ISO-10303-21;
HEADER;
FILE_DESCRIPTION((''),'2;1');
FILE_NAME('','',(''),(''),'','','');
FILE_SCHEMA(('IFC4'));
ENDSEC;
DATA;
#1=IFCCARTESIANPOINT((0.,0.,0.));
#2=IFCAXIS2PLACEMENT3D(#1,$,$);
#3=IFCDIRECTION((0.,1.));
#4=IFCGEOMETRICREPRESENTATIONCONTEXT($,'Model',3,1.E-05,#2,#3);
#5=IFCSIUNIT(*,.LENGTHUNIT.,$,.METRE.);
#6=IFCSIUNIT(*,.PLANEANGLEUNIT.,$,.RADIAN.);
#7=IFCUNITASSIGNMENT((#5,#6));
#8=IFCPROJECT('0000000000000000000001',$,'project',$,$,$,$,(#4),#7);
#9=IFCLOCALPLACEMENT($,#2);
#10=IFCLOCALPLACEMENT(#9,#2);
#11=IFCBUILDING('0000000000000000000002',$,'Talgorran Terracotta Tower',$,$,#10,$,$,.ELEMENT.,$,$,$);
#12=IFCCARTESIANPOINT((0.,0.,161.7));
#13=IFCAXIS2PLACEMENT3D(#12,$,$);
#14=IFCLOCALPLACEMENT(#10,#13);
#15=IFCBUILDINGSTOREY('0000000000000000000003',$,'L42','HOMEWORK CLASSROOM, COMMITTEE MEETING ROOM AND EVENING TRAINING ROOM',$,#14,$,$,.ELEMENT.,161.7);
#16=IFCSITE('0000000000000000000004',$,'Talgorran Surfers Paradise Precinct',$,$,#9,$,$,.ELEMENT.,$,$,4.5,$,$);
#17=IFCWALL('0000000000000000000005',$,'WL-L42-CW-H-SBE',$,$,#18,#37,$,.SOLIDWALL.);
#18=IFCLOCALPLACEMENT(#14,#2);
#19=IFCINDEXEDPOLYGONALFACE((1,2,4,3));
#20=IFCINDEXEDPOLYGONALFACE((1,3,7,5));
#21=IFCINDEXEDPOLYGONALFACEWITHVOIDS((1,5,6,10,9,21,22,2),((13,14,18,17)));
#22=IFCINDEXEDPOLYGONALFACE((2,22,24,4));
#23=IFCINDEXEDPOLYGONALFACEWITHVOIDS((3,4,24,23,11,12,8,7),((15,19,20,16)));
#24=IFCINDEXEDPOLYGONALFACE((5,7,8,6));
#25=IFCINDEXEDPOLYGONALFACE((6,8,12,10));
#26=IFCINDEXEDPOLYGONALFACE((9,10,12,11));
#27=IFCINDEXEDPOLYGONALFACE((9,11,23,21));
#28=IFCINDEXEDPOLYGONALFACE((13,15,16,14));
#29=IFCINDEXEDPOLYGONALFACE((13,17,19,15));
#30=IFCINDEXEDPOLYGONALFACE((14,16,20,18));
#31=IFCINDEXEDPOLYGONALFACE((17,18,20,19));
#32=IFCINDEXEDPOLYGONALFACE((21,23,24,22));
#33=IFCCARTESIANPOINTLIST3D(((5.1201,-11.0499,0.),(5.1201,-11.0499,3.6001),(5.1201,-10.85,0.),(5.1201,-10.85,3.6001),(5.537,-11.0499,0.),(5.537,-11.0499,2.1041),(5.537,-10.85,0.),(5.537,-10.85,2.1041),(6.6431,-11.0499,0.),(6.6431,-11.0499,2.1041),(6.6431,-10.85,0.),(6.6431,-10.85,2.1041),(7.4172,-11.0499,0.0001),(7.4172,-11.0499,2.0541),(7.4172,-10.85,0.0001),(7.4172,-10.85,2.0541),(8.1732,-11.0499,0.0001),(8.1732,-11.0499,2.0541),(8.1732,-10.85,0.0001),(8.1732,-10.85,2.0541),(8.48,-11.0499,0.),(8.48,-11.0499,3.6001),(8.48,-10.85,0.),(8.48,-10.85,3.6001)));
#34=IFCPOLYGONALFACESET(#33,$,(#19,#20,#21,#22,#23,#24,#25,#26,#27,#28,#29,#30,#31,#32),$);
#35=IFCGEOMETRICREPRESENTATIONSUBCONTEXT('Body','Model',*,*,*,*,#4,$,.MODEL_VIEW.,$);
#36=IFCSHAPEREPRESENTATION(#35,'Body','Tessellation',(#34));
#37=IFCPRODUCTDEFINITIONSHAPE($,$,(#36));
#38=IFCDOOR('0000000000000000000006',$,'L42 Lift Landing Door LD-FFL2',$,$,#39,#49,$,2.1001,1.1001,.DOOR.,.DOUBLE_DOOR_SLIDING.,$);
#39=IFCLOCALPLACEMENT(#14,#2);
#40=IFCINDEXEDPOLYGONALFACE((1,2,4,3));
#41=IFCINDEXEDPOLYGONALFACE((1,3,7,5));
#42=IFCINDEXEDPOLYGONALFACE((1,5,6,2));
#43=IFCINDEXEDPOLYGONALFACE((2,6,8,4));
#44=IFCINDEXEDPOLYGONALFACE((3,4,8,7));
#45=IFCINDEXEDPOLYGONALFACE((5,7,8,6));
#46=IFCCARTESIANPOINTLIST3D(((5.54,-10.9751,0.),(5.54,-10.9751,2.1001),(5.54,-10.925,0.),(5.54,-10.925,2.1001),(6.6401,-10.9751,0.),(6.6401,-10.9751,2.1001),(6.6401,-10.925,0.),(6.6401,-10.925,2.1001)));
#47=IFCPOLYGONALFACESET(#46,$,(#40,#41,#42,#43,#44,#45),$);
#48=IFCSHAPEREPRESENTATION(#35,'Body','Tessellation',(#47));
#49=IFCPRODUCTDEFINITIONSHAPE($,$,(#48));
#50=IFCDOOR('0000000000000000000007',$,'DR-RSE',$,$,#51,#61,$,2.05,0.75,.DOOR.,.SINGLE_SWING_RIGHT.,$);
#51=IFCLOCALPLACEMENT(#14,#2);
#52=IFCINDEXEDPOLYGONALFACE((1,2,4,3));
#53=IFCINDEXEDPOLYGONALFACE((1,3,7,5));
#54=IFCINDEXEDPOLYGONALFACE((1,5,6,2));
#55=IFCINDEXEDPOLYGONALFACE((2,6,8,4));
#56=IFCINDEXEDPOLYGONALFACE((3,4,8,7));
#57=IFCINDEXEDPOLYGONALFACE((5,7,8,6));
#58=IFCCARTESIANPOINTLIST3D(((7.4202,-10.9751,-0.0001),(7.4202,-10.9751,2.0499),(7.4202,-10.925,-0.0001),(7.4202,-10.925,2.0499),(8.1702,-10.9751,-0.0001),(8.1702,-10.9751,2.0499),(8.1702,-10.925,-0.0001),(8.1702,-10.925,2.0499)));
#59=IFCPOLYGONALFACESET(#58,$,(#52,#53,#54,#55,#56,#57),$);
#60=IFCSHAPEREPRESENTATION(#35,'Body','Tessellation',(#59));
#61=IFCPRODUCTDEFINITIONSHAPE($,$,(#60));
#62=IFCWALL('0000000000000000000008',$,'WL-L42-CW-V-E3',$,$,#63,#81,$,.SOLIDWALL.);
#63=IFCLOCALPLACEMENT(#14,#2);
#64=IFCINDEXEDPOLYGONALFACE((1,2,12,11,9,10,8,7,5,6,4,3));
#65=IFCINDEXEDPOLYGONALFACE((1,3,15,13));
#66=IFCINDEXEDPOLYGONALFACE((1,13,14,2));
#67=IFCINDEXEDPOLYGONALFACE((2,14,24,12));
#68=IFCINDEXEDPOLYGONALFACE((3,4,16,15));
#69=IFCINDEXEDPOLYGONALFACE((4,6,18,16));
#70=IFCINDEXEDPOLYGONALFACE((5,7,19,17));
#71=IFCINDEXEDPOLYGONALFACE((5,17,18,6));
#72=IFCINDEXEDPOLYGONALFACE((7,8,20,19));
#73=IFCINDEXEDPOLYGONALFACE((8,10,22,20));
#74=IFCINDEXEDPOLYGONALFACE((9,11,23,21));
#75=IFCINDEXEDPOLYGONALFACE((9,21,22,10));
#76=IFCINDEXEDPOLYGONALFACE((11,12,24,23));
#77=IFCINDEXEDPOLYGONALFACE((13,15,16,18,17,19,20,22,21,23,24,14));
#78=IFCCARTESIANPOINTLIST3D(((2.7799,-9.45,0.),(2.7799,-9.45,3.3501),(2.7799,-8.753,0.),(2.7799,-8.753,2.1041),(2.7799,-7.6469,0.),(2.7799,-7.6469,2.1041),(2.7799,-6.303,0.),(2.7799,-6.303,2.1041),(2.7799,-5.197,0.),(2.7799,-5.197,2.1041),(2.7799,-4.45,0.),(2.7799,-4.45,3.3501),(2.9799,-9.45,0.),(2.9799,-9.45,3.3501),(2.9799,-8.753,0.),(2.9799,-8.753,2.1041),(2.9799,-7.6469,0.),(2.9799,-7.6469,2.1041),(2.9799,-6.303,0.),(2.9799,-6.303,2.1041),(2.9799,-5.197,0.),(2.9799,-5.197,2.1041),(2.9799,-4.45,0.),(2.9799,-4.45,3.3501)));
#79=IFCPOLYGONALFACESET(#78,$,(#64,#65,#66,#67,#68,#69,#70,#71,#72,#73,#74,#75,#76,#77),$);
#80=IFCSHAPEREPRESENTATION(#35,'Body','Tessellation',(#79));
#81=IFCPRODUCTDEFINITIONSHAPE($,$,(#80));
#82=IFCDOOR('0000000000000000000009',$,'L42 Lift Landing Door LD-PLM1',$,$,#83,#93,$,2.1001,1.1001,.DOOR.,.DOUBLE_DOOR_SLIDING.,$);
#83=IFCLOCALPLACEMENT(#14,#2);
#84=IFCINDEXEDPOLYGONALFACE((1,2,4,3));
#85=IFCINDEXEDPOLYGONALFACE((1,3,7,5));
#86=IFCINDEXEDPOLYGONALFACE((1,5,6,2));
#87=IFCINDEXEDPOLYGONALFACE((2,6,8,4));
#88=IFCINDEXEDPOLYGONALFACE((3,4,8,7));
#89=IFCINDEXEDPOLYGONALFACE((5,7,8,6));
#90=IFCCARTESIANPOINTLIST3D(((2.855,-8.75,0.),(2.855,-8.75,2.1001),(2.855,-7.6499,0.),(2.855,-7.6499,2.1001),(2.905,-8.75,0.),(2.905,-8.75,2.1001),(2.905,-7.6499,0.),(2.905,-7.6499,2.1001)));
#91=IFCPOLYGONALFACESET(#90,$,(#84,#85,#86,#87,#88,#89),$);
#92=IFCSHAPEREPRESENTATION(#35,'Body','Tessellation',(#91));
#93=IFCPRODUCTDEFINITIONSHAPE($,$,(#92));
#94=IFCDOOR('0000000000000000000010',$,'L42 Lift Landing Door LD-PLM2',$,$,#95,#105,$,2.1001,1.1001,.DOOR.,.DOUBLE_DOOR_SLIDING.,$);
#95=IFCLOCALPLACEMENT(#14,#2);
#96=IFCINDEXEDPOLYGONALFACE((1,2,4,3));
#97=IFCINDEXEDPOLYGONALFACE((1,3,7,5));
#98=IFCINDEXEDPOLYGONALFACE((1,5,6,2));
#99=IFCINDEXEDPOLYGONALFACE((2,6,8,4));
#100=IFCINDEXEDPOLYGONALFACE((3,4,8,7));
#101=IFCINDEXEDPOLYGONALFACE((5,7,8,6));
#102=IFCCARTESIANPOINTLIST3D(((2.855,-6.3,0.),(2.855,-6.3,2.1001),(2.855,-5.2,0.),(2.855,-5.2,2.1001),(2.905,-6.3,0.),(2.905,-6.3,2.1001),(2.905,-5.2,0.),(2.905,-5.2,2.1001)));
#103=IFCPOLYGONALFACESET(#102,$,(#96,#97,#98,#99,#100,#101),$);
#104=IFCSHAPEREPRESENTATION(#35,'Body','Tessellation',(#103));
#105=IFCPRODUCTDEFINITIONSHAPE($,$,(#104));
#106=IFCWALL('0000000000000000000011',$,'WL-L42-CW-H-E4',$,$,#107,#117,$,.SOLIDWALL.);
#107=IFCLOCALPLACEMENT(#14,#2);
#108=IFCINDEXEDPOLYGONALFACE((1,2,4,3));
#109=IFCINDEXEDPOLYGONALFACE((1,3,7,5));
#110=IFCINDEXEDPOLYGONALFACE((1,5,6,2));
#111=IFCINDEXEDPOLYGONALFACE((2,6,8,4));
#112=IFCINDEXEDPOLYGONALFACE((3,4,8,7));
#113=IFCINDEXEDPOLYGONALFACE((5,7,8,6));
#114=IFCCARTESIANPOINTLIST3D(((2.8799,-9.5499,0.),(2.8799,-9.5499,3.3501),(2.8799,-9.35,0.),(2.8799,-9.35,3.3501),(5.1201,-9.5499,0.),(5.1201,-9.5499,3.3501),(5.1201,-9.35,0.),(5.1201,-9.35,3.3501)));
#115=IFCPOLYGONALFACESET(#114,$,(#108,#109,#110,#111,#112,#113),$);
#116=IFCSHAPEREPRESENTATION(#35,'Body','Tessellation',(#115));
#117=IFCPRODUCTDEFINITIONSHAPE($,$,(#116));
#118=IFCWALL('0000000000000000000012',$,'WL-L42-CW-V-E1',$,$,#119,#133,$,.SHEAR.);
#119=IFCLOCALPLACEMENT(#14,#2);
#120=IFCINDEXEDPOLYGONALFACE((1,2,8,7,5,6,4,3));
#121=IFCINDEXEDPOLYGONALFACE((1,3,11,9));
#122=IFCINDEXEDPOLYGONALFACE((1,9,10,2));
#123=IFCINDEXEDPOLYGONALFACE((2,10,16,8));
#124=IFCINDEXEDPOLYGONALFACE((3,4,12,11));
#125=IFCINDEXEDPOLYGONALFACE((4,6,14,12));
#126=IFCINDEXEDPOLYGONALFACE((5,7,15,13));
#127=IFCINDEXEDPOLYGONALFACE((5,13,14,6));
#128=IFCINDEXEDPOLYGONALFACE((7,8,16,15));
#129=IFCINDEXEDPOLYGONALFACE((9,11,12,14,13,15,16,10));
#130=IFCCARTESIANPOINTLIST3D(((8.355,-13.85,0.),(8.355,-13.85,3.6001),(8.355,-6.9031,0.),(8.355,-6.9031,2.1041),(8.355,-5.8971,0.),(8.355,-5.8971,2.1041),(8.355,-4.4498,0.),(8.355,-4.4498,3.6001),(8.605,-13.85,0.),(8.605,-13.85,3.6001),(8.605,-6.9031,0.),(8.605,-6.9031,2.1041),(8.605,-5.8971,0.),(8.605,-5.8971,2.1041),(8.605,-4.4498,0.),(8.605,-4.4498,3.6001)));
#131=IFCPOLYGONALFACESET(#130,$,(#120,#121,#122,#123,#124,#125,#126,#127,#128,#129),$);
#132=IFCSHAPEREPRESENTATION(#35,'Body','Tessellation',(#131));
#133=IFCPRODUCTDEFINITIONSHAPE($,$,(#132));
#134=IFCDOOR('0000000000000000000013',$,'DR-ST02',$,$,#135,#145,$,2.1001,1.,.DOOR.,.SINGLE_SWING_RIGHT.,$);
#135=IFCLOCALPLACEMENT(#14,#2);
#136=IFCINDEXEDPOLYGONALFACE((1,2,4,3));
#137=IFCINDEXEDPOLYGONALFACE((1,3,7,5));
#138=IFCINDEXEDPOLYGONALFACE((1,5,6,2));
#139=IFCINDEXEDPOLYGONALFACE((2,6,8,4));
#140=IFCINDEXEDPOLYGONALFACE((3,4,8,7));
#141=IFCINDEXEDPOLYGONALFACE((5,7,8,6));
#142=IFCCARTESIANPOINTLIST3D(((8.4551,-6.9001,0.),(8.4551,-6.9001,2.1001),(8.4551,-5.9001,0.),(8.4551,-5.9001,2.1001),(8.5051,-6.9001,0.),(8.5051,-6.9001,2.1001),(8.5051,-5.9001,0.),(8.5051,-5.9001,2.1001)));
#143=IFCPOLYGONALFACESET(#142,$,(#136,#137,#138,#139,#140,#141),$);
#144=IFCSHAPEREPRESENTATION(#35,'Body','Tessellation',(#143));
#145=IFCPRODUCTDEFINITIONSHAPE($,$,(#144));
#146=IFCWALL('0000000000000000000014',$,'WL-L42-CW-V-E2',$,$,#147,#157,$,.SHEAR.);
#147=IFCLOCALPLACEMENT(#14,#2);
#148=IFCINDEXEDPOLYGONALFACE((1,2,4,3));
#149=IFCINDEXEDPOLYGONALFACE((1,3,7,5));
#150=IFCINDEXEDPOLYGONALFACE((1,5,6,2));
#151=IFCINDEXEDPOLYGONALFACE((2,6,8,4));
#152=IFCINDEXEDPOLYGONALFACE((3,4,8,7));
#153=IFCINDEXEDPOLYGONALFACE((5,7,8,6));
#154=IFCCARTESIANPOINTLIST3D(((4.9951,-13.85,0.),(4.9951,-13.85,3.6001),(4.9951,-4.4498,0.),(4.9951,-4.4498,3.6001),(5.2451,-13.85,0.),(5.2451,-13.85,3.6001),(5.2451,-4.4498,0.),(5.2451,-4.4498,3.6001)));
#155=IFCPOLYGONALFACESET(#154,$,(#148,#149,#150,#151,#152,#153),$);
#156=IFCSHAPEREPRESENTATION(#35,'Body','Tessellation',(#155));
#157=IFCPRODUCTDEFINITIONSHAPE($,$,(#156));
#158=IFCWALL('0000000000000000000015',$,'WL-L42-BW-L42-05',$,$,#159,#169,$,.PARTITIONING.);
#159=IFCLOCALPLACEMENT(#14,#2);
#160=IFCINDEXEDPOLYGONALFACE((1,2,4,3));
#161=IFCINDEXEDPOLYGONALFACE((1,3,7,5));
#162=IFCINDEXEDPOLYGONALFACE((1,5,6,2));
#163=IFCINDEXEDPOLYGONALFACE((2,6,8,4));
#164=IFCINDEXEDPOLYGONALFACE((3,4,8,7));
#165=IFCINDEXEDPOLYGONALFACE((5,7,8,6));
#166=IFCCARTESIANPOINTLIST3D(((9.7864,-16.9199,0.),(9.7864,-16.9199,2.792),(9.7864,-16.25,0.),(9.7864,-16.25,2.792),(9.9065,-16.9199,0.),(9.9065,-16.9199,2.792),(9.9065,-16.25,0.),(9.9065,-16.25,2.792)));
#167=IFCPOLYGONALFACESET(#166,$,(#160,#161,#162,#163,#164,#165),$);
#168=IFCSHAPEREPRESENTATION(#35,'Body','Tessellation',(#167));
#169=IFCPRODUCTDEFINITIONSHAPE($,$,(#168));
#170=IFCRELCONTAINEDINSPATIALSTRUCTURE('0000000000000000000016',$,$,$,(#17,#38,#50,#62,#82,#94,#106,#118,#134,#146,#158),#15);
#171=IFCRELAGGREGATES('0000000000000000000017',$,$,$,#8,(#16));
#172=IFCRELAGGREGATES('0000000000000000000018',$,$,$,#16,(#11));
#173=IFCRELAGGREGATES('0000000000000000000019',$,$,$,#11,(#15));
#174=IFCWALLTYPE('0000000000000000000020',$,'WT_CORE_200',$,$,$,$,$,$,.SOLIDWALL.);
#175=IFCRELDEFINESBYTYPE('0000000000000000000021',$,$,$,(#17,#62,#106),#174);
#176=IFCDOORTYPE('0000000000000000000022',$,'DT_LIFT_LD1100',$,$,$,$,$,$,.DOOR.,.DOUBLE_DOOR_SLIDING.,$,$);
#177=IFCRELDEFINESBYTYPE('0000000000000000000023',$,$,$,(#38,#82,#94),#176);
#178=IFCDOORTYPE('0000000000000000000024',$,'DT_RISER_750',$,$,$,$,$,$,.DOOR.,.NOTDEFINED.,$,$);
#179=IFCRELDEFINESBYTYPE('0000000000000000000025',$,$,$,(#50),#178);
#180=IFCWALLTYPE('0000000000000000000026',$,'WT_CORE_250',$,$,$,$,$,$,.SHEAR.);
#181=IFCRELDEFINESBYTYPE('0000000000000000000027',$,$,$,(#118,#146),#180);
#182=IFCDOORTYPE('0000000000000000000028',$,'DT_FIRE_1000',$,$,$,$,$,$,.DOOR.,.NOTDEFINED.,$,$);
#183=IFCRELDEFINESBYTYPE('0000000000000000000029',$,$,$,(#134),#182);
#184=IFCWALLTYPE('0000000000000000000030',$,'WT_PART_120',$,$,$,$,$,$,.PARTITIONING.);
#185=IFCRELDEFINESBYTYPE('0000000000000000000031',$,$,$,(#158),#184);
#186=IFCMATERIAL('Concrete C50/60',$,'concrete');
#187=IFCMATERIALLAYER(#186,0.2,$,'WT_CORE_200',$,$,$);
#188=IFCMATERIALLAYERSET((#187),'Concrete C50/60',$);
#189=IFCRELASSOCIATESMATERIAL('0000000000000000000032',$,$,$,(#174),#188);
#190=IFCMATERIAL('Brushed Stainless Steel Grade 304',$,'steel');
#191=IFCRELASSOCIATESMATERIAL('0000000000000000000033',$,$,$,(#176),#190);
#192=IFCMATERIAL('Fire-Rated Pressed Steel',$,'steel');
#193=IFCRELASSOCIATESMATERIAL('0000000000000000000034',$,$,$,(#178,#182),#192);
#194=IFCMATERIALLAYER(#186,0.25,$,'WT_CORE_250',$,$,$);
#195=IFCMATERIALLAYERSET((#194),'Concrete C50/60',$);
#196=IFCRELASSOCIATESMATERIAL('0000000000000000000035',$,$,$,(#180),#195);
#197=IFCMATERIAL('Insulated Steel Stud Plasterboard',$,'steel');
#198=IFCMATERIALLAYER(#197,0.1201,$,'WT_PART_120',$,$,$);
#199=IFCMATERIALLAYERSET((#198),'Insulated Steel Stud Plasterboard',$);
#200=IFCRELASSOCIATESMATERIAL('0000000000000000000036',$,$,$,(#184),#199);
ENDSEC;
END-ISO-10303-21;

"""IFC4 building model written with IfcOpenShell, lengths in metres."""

from ifc_helpers import new_model, si_unit, direction, frame, frame_2d, origin, place, context, subcontext, project, spatial, rectangle, extrude, material, layer, layer_set, type_object, element, fill, save


model = new_model("IFC4")

# Units and contexts
model_context = context("Model", 3, precision=1e-05, world=origin(), true_north=direction((0.0, 1.0)))
body_context = subcontext(model_context, "Body", "Model", "MODEL_VIEW")
ifc_project = project(units=[si_unit("LENGTHUNIT", "METRE"), si_unit("PLANEANGLEUNIT", "RADIAN")], contexts=[model_context])

# Site, building, storey
site_placement = place(None, origin())
site = spatial("IfcSite", under=ifc_project, at=site_placement, Name="Talgorran Surfers Paradise Precinct", CompositionType="ELEMENT", RefElevation=4.5)
building_placement = place(site_placement, origin())
building = spatial("IfcBuilding", under=site, at=building_placement, Name="Talgorran Terracotta Tower", CompositionType="ELEMENT")
storey_placement = place(building_placement, frame((0.0, 0.0, 161.7)))
storey = spatial("IfcBuildingStorey", under=building, at=storey_placement, Name="L42", Description="HOMEWORK CLASSROOM, COMMITTEE MEETING ROOM AND EVENING TRAINING ROOM", CompositionType="ELEMENT", Elevation=161.7)

# Shared definitions
ifc_material_1 = material(Name="Concrete C50/60", Category="concrete")

# Shared definitions
ifc_layer_1 = layer(ifc_material_1, 0.2, Name="WT_CORE_200")
ifc_layer_set_1 = layer_set([ifc_layer_1], Name="Concrete C50/60")
wall_type_1 = type_object("IfcWallType", Name="WT_CORE_200", PredefinedType="SOLIDWALL", material=ifc_layer_set_1)

# Walls, openings, doors
wall_1_placement = place(storey_placement, frame((5.1201, -10.95, 0.0), z_axis=(0.0, 0.0, 1.0), x_axis=(1.0, 0.0, 0.0)))
wall_1 = element("IfcWall", 1, at=wall_1_placement, inside=storey, type_object=wall_type_1, Name="WL-L42-CW-H-SBE", PredefinedType="SOLIDWALL", context=body_context, shape_type="SweptSolid", body=[
    extrude(rectangle(XDim=3.3599, YDim=0.2, at=frame_2d((1.6799, 0.0))), origin(), (0.0, 0.0, 1.0), 3.6001),
])
opening_1_placement = place(wall_1_placement, frame((0.4199, 0.0, 0.0)))
opening_1 = element("IfcOpeningElement", 2, at=opening_1_placement, cuts=wall_1, PredefinedType="OPENING", context=body_context, shape_type="SweptSolid", body=[
    extrude(rectangle(XDim=1.1061, YDim=2.1041, at=frame_2d((0.55, 1.052))), frame((0.0, 0.1099, 0.0), z_axis=(0.0, -1.0, 0.0), x_axis=(1.0, 0.0, 0.0)), (0.0, 0.0, 1.0), 0.22),
])
opening_2_placement = place(wall_1_placement, frame((2.3, 0.0, 0.0)))
opening_2 = element("IfcOpeningElement", 3, at=opening_2_placement, cuts=wall_1, PredefinedType="OPENING", context=body_context, shape_type="SweptSolid", body=[
    extrude(rectangle(XDim=0.756, YDim=2.054, at=frame_2d((0.375, 1.0271))), frame((0.0, 0.1099, 0.0), z_axis=(0.0, -1.0, 0.0), x_axis=(1.0, 0.0, 0.0)), (0.0, 0.0, 1.0), 0.22),
])
ifc_material_2 = material(Name="Brushed Stainless Steel Grade 304", Category="steel")
door_type_1 = type_object("IfcDoorType", Name="DT_LIFT_LD1100", OperationType="DOUBLE_DOOR_SLIDING", PredefinedType="DOOR", material=ifc_material_2)
door_1_placement = place(opening_1_placement, origin())
door_1 = element("IfcDoor", 4, at=door_1_placement, inside=storey, type_object=door_type_1, Name="L42 Lift Landing Door LD-FFL2", OperationType="DOUBLE_DOOR_SLIDING", OverallHeight=2.1001, OverallWidth=1.1001, PredefinedType="DOOR", context=body_context, shape_type="SweptSolid", body=[
    extrude(rectangle(XDim=1.1001, YDim=2.1001, at=frame_2d((0.55, 1.05))), frame((0.0, 0.0249, 0.0), z_axis=(0.0, -1.0, 0.0), x_axis=(1.0, 0.0, 0.0)), (0.0, 0.0, 1.0), 0.05),
])
fill(opening_1, door_1)
ifc_material_3 = material(Name="Fire-Rated Pressed Steel", Category="steel")
door_type_2 = type_object("IfcDoorType", Name="DT_RISER_750", OperationType="NOTDEFINED", PredefinedType="DOOR", material=ifc_material_3)
door_2_placement = place(opening_2_placement, origin())
door_2 = element("IfcDoor", 5, at=door_2_placement, inside=storey, type_object=door_type_2, Name="DR-RSE", OperationType="SINGLE_SWING_RIGHT", OverallHeight=2.05, OverallWidth=0.75, PredefinedType="DOOR", context=body_context, shape_type="SweptSolid", body=[
    extrude(rectangle(XDim=0.75, YDim=2.05, at=frame_2d((0.375, 1.0249))), frame((0.0, 0.0249, 0.0), z_axis=(0.0, -1.0, 0.0), x_axis=(1.0, 0.0, 0.0)), (0.0, 0.0, 1.0), 0.05),
])
fill(opening_2, door_2)
wall_2_placement = place(storey_placement, frame((2.8799, -9.45, 0.0), z_axis=(0.0, 0.0, 1.0), x_axis=(0.0, 1.0, 0.0)))
wall_2 = element("IfcWall", 6, at=wall_2_placement, inside=storey, type_object=wall_type_1, Name="WL-L42-CW-V-E3", PredefinedType="SOLIDWALL", context=body_context, shape_type="SweptSolid", body=[
    extrude(rectangle(XDim=5.0, YDim=0.2, at=frame_2d((2.5, 0.0))), origin(), (0.0, 0.0, 1.0), 3.3501),
])
opening_3_placement = place(wall_2_placement, frame((0.7, 0.0, 0.0)))
opening_3 = element("IfcOpeningElement", 7, at=opening_3_placement, cuts=wall_2, PredefinedType="OPENING", context=body_context, shape_type="SweptSolid", body=[
    extrude(rectangle(XDim=1.1061, YDim=2.1041, at=frame_2d((0.55, 1.052))), frame((0.0, 0.1099, 0.0), z_axis=(0.0, -1.0, 0.0), x_axis=(1.0, 0.0, 0.0)), (0.0, 0.0, 1.0), 0.22),
])
opening_4_placement = place(wall_2_placement, frame((3.1499, 0.0, 0.0)))
opening_4 = element("IfcOpeningElement", 8, at=opening_4_placement, cuts=wall_2, PredefinedType="OPENING", context=body_context, shape_type="SweptSolid", body=[
    extrude(rectangle(XDim=1.1061, YDim=2.1041, at=frame_2d((0.55, 1.052))), frame((0.0, 0.1099, 0.0), z_axis=(0.0, -1.0, 0.0), x_axis=(1.0, 0.0, 0.0)), (0.0, 0.0, 1.0), 0.22),
])
door_3_placement = place(opening_3_placement, origin())
door_3 = element("IfcDoor", 9, at=door_3_placement, inside=storey, type_object=door_type_1, Name="L42 Lift Landing Door LD-PLM1", OperationType="DOUBLE_DOOR_SLIDING", OverallHeight=2.1001, OverallWidth=1.1001, PredefinedType="DOOR", context=body_context, shape_type="SweptSolid", body=[
    extrude(rectangle(XDim=1.1001, YDim=2.1001, at=frame_2d((0.55, 1.05))), frame((0.0, 0.0249, 0.0), z_axis=(0.0, -1.0, 0.0), x_axis=(1.0, 0.0, 0.0)), (0.0, 0.0, 1.0), 0.05),
])
fill(opening_3, door_3)
door_4_placement = place(opening_4_placement, origin())
door_4 = element("IfcDoor", 10, at=door_4_placement, inside=storey, type_object=door_type_1, Name="L42 Lift Landing Door LD-PLM2", OperationType="DOUBLE_DOOR_SLIDING", OverallHeight=2.1001, OverallWidth=1.1001, PredefinedType="DOOR", context=body_context, shape_type="SweptSolid", body=[
    extrude(rectangle(XDim=1.1001, YDim=2.1001, at=frame_2d((0.55, 1.05))), frame((0.0, 0.0249, 0.0), z_axis=(0.0, -1.0, 0.0), x_axis=(1.0, 0.0, 0.0)), (0.0, 0.0, 1.0), 0.05),
])
fill(opening_4, door_4)

# Wall
wall_3_placement = place(storey_placement, frame((2.8799, -9.45, 0.0), z_axis=(0.0, 0.0, 1.0), x_axis=(1.0, 0.0, 0.0)))
element("IfcWall", 11, at=wall_3_placement, inside=storey, type_object=wall_type_1, Name="WL-L42-CW-H-E4", PredefinedType="SOLIDWALL", context=body_context, shape_type="SweptSolid", body=[
    extrude(rectangle(XDim=2.2402, YDim=0.2, at=frame_2d((1.1201, 0.0))), origin(), (0.0, 0.0, 1.0), 3.3501),
])

# Wall, opening, door
ifc_layer_2 = layer(ifc_material_1, 0.25, Name="WT_CORE_250")
ifc_layer_set_2 = layer_set([ifc_layer_2], Name="Concrete C50/60")
wall_type_2 = type_object("IfcWallType", Name="WT_CORE_250", PredefinedType="SHEAR", material=ifc_layer_set_2)
wall_4_placement = place(storey_placement, frame((8.48, -13.8501, 0.0), z_axis=(0.0, 0.0, 1.0), x_axis=(0.0, 1.0, 0.0)))
wall_4 = element("IfcWall", 12, at=wall_4_placement, inside=storey, type_object=wall_type_2, Name="WL-L42-CW-V-E1", PredefinedType="SHEAR", context=body_context, shape_type="SweptSolid", body=[
    extrude(rectangle(XDim=9.4001, YDim=0.25, at=frame_2d((4.7002, 0.0))), origin(), (0.0, 0.0, 1.0), 3.6001),
])
opening_5_placement = place(wall_4_placement, frame((6.95, 0.0, 0.0)))
opening_5 = element("IfcOpeningElement", 13, at=opening_5_placement, cuts=wall_4, PredefinedType="OPENING", context=body_context, shape_type="SweptSolid", body=[
    extrude(rectangle(XDim=1.006, YDim=2.1041, at=frame_2d((0.5, 1.052))), frame((0.0, 0.135, 0.0), z_axis=(0.0, -1.0, 0.0), x_axis=(1.0, 0.0, 0.0)), (0.0, 0.0, 1.0), 0.27),
])
door_type_3 = type_object("IfcDoorType", Name="DT_FIRE_1000", OperationType="NOTDEFINED", PredefinedType="DOOR", material=ifc_material_3)
door_5_placement = place(opening_5_placement, origin())
door_5 = element("IfcDoor", 14, at=door_5_placement, inside=storey, type_object=door_type_3, Name="DR-ST02", OperationType="SINGLE_SWING_RIGHT", OverallHeight=2.1001, OverallWidth=1.0, PredefinedType="DOOR", context=body_context, shape_type="SweptSolid", body=[
    extrude(rectangle(XDim=1.0, YDim=2.1001, at=frame_2d((0.5, 1.05))), frame((0.0, 0.0249, 0.0), z_axis=(0.0, -1.0, 0.0), x_axis=(1.0, 0.0, 0.0)), (0.0, 0.0, 1.0), 0.05),
])
fill(opening_5, door_5)

# Walls
wall_5_placement = place(storey_placement, frame((5.1201, -13.8501, 0.0), z_axis=(0.0, 0.0, 1.0), x_axis=(0.0, 1.0, 0.0)))
element("IfcWall", 15, at=wall_5_placement, inside=storey, type_object=wall_type_2, Name="WL-L42-CW-V-E2", PredefinedType="SHEAR", context=body_context, shape_type="SweptSolid", body=[
    extrude(rectangle(XDim=9.4001, YDim=0.25, at=frame_2d((4.7002, 0.0))), origin(), (0.0, 0.0, 1.0), 3.6001),
])
ifc_material_4 = material(Name="Insulated Steel Stud Plasterboard", Category="steel")
ifc_layer_3 = layer(ifc_material_4, 0.1201, Name="WT_PART_120")
ifc_layer_set_3 = layer_set([ifc_layer_3], Name="Insulated Steel Stud Plasterboard")
wall_type_3 = type_object("IfcWallType", Name="WT_PART_120", PredefinedType="PARTITIONING", material=ifc_layer_set_3)
wall_6_placement = place(storey_placement, frame((9.8464, -16.9199, 0.0), z_axis=(0.0, 0.0, 1.0), x_axis=(0.0, 1.0, 0.0)))
element("IfcWall", 16, at=wall_6_placement, inside=storey, type_object=wall_type_3, Name="WL-L42-BW-L42-05", PredefinedType="PARTITIONING", context=body_context, shape_type="SweptSolid", body=[
    extrude(rectangle(XDim=0.6699, YDim=0.1201, at=frame_2d((0.335, 0.0))), origin(), (0.0, 0.0, 1.0), 2.792),
])

save(model, "model.ifc")
